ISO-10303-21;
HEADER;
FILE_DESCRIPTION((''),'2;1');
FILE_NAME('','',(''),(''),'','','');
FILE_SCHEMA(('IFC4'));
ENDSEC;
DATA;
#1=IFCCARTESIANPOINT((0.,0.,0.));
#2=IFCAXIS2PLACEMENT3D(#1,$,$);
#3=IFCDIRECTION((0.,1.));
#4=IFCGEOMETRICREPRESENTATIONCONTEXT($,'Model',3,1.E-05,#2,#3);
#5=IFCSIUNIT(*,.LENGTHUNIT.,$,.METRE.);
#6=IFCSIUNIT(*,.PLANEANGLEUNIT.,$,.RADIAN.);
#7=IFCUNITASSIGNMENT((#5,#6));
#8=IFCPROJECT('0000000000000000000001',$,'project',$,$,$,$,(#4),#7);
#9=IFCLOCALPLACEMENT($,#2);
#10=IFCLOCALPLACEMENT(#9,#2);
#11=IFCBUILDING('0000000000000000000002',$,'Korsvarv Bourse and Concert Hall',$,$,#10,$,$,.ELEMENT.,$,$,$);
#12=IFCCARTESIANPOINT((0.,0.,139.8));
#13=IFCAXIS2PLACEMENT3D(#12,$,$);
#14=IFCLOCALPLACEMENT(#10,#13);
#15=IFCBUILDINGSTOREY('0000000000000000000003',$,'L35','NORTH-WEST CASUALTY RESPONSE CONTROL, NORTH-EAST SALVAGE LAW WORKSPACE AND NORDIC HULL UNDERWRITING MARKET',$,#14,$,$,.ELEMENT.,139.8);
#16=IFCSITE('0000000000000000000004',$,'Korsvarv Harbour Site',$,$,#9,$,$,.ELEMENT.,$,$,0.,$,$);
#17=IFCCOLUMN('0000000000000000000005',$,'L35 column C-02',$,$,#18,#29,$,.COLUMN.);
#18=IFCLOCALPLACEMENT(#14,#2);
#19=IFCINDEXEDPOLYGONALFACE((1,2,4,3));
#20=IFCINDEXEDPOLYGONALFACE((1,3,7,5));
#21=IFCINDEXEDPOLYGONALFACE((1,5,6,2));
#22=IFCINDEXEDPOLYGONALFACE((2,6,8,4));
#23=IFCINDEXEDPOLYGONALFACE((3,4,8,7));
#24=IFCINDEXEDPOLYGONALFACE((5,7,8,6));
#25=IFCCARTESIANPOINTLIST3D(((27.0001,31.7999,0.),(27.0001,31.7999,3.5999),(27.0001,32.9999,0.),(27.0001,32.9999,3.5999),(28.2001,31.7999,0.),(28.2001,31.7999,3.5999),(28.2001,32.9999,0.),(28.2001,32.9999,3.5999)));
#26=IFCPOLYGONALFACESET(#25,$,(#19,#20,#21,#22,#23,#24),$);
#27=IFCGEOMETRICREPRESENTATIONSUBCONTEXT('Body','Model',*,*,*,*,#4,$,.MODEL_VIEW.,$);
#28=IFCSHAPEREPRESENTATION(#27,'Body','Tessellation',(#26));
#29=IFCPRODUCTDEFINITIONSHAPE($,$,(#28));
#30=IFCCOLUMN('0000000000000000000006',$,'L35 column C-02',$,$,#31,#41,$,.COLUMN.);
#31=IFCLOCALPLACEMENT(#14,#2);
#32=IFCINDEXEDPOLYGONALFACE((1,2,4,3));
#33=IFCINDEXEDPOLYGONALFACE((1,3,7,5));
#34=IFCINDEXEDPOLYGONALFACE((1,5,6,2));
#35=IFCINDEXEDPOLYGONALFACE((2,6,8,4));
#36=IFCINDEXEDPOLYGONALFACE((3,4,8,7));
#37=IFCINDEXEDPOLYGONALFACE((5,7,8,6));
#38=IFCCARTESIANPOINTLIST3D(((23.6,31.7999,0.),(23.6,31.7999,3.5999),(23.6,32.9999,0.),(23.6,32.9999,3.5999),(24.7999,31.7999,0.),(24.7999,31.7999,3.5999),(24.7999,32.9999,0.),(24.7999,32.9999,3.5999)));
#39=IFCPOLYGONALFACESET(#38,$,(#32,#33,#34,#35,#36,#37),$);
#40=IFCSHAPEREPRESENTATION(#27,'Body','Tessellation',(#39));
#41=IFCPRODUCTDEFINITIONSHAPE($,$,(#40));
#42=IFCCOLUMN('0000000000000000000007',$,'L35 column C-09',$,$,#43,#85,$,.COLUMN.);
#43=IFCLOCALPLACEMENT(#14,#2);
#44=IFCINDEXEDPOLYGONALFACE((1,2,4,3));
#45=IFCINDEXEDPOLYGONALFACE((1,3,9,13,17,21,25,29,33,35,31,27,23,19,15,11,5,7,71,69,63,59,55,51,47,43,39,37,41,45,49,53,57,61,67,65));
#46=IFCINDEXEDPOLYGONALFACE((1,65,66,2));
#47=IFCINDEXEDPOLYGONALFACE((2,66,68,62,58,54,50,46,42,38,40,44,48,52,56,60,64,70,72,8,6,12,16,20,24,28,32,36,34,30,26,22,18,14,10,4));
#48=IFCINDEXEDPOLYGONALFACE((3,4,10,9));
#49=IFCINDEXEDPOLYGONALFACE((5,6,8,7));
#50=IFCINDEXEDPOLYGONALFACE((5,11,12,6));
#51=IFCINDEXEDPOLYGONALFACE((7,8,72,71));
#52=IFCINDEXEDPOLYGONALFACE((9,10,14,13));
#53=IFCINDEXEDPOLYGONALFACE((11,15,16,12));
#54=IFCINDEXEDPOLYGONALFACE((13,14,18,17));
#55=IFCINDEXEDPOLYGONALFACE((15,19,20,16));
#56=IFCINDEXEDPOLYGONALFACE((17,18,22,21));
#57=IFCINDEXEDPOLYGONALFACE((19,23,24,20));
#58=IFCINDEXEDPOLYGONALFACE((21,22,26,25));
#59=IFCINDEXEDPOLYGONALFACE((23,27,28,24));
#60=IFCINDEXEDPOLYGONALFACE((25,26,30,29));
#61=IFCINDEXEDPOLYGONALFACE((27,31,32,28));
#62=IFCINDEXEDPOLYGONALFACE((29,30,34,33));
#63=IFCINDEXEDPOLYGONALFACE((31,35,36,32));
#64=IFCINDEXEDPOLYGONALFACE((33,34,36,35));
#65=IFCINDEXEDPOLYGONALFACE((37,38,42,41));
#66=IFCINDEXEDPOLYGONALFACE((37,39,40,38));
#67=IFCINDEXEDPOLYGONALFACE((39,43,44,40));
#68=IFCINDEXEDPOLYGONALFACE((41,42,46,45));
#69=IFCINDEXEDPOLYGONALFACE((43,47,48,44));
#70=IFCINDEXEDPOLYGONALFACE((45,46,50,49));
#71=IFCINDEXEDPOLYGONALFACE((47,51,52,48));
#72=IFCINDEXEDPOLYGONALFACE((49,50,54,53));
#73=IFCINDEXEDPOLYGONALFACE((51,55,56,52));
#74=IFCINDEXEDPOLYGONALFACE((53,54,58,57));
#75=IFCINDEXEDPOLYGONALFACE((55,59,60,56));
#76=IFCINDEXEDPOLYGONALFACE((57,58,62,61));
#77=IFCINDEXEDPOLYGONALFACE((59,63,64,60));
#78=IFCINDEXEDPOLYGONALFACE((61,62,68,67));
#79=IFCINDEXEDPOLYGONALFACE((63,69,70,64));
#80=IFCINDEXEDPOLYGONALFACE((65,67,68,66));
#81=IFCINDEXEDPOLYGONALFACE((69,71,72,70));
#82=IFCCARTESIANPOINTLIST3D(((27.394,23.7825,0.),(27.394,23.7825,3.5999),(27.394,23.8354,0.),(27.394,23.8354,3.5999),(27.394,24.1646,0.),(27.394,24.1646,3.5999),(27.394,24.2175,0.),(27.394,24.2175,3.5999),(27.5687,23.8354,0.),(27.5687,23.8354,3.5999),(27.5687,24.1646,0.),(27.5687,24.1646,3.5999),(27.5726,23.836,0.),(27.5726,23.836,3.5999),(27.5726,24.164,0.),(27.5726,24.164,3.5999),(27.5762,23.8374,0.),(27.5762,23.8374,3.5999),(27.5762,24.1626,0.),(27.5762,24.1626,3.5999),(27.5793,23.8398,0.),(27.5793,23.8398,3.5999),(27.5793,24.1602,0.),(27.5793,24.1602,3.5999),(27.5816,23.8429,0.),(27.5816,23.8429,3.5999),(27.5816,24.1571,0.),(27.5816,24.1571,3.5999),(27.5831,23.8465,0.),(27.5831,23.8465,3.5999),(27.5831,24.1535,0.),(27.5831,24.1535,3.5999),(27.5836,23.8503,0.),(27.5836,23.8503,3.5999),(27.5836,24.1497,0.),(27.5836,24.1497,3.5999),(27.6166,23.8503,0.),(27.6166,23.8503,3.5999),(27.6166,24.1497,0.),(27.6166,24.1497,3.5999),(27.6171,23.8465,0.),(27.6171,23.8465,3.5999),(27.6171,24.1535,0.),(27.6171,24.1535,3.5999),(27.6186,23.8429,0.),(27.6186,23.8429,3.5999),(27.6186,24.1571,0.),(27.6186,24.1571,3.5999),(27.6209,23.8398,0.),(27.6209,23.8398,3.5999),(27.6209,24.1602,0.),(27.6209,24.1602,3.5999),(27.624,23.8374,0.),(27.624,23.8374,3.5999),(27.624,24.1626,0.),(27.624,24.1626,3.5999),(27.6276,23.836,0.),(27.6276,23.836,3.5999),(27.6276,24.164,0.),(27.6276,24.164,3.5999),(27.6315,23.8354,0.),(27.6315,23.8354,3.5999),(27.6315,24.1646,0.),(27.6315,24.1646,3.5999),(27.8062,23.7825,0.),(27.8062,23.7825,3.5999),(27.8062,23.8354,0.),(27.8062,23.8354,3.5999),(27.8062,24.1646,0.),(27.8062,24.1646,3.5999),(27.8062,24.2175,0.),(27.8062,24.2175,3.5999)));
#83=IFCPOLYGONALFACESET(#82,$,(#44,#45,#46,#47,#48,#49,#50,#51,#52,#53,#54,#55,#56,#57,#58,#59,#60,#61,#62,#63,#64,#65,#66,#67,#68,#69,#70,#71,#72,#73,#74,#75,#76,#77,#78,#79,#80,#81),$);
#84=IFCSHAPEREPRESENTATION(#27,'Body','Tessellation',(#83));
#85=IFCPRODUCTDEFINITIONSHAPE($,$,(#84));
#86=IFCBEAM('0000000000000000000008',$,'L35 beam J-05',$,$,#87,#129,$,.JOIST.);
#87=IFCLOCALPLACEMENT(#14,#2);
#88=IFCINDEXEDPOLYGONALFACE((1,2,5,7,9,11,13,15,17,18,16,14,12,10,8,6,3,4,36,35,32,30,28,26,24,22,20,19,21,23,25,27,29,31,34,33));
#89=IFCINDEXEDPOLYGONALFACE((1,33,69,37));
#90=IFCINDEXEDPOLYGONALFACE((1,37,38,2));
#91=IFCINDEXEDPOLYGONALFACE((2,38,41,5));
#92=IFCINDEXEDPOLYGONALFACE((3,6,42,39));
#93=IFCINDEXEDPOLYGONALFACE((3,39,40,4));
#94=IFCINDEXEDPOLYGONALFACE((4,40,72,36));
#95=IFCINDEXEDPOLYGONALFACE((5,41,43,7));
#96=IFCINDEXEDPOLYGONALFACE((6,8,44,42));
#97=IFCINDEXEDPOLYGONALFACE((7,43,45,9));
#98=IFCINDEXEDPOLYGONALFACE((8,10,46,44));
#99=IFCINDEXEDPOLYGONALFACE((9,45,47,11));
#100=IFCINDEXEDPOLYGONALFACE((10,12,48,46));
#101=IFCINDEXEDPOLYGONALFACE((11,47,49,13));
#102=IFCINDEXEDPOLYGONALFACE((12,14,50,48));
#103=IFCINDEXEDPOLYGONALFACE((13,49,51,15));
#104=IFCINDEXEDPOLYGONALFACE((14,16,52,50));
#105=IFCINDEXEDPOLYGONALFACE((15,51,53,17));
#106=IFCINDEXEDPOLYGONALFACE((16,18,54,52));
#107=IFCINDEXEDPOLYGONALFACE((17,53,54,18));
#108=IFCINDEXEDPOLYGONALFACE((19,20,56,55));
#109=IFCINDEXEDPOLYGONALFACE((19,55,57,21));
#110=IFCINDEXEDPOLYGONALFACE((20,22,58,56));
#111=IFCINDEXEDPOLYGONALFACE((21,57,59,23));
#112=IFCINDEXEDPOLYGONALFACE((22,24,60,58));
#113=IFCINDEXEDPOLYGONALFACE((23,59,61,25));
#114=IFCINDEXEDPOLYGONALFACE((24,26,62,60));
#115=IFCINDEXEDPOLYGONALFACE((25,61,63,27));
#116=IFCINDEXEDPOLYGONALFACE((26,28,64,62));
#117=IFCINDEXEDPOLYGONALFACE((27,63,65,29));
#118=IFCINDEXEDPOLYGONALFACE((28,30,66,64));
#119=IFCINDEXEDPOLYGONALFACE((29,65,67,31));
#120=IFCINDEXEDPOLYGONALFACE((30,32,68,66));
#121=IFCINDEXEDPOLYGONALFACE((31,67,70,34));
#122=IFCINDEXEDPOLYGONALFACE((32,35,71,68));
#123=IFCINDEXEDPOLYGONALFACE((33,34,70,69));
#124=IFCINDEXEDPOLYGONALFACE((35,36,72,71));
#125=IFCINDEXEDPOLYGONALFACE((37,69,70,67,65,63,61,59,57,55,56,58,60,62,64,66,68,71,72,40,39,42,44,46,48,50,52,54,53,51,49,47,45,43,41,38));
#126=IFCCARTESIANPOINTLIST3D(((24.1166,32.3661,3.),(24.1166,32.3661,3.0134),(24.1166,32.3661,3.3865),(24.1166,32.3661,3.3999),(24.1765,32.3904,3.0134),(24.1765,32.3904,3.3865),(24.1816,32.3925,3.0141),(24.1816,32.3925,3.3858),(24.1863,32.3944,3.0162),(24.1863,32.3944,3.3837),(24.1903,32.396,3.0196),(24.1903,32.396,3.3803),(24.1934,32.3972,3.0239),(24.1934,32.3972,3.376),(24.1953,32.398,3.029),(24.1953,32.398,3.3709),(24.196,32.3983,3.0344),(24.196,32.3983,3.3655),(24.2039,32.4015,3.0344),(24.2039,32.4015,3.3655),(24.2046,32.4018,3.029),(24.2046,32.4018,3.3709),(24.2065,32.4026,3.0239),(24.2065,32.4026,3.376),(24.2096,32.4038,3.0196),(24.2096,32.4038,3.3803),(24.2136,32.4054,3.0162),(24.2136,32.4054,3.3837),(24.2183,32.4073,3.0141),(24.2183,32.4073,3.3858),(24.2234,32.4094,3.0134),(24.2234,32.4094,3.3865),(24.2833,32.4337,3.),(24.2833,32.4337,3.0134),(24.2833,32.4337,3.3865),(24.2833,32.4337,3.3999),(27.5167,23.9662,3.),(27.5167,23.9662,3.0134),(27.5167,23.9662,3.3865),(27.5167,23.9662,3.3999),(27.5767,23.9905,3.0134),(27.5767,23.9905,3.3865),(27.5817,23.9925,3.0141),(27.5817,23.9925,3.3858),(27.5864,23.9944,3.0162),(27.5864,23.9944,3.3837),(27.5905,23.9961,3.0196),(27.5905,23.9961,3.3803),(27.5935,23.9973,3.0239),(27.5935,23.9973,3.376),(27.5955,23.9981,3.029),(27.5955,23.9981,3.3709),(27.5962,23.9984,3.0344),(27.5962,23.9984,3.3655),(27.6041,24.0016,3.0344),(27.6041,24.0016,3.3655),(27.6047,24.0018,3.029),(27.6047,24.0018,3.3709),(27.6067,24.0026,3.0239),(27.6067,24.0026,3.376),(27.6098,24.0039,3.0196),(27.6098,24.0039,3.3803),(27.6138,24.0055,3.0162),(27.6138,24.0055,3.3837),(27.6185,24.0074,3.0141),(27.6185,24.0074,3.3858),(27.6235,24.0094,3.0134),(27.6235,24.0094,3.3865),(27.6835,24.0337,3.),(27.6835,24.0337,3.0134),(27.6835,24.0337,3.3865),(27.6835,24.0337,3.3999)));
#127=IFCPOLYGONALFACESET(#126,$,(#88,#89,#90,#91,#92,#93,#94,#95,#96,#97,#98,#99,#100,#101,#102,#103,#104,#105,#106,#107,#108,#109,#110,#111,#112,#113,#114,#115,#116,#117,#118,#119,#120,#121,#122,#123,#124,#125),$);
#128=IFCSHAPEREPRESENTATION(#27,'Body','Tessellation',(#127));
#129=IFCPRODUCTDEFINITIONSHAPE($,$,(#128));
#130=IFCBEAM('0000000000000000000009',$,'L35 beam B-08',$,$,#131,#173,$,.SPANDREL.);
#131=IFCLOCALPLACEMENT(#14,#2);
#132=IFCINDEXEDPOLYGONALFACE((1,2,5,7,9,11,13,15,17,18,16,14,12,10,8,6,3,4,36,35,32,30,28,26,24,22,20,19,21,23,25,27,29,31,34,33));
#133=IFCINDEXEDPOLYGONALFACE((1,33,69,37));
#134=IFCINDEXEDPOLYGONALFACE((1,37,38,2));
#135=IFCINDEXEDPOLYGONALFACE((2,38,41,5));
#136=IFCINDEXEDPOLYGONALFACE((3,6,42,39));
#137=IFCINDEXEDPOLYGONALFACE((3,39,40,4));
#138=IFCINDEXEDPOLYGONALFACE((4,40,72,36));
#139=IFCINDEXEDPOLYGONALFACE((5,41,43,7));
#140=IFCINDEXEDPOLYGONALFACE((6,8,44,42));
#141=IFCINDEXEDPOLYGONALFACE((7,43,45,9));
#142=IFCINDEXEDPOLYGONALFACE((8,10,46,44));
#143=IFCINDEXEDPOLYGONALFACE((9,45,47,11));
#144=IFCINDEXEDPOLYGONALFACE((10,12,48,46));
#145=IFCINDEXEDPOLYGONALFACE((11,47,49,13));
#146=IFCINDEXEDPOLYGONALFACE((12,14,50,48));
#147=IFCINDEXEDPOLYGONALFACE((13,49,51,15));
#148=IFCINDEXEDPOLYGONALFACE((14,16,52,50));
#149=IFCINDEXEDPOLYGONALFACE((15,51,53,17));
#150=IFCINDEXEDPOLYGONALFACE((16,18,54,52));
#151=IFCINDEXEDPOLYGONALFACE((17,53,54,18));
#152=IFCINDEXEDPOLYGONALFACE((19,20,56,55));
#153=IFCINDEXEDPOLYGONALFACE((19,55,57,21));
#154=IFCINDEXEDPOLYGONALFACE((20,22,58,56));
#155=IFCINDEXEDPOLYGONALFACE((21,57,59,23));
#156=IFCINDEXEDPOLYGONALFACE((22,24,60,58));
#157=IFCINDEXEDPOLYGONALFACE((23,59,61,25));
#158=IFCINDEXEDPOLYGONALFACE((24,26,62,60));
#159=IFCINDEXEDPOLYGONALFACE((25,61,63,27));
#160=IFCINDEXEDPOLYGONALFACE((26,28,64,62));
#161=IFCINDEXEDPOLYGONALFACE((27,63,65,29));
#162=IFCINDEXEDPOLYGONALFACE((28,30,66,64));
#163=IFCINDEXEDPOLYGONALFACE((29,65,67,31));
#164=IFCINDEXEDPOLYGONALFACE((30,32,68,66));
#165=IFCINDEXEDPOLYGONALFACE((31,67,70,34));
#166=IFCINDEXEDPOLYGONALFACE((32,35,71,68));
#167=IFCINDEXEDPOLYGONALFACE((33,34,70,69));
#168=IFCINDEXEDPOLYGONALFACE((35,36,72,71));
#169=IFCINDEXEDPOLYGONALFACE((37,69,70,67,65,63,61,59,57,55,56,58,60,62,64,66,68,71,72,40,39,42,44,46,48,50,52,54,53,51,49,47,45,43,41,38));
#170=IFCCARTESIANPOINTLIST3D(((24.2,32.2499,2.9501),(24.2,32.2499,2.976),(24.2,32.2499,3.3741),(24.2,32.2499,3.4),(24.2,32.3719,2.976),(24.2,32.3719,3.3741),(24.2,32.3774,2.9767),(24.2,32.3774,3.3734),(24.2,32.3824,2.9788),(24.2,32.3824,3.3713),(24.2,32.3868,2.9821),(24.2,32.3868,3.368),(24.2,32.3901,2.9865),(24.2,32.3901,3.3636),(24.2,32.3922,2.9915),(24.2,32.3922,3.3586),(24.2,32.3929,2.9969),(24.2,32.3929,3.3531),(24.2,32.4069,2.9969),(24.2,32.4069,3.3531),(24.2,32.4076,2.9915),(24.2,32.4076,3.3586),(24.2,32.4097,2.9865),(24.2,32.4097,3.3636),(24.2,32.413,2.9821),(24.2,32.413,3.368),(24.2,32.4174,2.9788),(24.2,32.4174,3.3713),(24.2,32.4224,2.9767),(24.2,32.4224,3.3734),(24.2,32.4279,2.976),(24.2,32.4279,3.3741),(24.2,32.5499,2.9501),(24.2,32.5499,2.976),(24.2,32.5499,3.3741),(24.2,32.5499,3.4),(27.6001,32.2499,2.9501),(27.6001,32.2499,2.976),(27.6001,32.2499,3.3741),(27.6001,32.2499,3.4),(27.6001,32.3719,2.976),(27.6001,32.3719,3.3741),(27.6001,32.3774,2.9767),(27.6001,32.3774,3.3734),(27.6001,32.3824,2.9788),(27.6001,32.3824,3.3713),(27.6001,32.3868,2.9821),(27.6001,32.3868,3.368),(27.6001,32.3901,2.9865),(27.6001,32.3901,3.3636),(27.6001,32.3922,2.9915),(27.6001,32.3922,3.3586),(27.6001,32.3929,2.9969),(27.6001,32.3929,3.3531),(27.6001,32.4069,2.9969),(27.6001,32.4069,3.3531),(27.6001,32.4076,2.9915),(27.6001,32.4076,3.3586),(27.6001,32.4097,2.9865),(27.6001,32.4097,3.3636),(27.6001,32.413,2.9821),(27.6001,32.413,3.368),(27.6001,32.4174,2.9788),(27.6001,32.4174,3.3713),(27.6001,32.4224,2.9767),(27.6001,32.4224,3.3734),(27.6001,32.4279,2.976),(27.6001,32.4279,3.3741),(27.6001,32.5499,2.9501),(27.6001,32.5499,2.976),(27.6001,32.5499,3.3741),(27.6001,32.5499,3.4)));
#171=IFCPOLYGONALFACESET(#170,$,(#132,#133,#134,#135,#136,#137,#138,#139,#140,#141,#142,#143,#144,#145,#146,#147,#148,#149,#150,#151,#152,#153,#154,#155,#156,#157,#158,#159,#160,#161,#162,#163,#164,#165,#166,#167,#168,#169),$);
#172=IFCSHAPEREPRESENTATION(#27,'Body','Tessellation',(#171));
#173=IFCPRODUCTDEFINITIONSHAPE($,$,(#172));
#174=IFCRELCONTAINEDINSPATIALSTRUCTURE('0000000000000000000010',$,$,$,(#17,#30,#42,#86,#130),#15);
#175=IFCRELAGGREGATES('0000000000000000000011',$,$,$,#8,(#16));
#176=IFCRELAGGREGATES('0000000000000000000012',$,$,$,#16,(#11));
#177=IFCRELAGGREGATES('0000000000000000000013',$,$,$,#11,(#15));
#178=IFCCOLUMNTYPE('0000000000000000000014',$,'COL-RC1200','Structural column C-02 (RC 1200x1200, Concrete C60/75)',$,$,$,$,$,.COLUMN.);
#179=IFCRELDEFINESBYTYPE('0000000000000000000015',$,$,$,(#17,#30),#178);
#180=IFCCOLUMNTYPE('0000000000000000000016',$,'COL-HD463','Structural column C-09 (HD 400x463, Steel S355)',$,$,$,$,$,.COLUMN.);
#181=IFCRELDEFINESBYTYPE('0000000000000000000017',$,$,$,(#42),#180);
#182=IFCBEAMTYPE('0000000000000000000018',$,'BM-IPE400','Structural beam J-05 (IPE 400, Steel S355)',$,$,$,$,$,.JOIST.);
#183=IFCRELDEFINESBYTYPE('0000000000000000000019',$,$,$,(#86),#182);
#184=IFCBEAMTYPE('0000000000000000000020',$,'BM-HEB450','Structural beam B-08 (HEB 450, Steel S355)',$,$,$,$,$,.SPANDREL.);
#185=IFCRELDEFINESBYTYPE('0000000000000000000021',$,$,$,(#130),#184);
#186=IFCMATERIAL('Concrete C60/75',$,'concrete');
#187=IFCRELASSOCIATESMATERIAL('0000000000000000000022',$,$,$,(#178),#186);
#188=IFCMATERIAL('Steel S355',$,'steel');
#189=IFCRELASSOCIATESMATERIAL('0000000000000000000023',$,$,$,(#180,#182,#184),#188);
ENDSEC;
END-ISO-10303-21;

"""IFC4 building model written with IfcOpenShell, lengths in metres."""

from ifc_helpers import new_model, si_unit, direction, frame, origin, origin_2d, place, context, subcontext, project, spatial, rectangle, i_section, extrude, source, transform, mapped, material, material_profile, profile_set, type_object, element, save


model = new_model("IFC4")

# Units and contexts
model_context = context("Model", 3, precision=1e-05, world=origin(), true_north=direction((0.0, 1.0)))
body_context = subcontext(model_context, "Body", "Model", "MODEL_VIEW")
ifc_project = project(units=[si_unit("LENGTHUNIT", "METRE"), si_unit("PLANEANGLEUNIT", "RADIAN")], contexts=[model_context])

# Site, building, storey
site_placement = place(None, origin())
site = spatial("IfcSite", under=ifc_project, at=site_placement, Name="Korsvarv Harbour Site", CompositionType="ELEMENT", RefElevation=0.0)
building_placement = place(site_placement, origin())
building = spatial("IfcBuilding", under=site, at=building_placement, Name="Korsvarv Bourse and Concert Hall", CompositionType="ELEMENT")
storey_placement = place(building_placement, frame((0.0, 0.0, 139.8)))
storey = spatial("IfcBuildingStorey", under=building, at=storey_placement, Name="L35", Description="NORTH-WEST CASUALTY RESPONSE CONTROL, NORTH-EAST SALVAGE LAW WORKSPACE AND NORDIC HULL UNDERWRITING MARKET", CompositionType="ELEMENT", Elevation=139.8)

# Columns
ifc_material_1 = material(Name="Concrete C60/75", Category="concrete")
ifc_material_profile_1 = material_profile(ifc_material_1, rectangle(XDim=1.2, YDim=1.2, at=origin_2d()), Name="RC 1200x1200")
ifc_profile_set_1 = profile_set([ifc_material_profile_1], Name="Concrete C60/75")
column_type_1 = type_object("IfcColumnType", Name="COL-RC1200", Description="Structural column C-02 (RC 1200x1200, Concrete C60/75)", PredefinedType="COLUMN", material=ifc_profile_set_1)
shared_shape_1 = source(origin(), body_context, "Body", "SweptSolid", [
    extrude(rectangle(XDim=1.2, YDim=1.2, at=origin_2d()), origin(), (0.0, 0.0, 1.0), 3.5999),
])
for number, where, z_axis, x_axis, name in (
    (1, (27.6001, 32.3999, 0.0), (0.0, 0.0, 1.0), (1.0, 0.0, 0.0), "L35 column C-02"),
    (2, (24.2, 32.3999, 0.0), (0.0, 0.0, 1.0), (1.0, 0.0, 0.0), "L35 column C-02"),
):
    element("IfcColumn", number, at=place(storey_placement, frame(where, z_axis=z_axis, x_axis=x_axis)), inside=storey, type_object=column_type_1, Name=name, PredefinedType="COLUMN", context=body_context, shape_type="MappedRepresentation", body=[
        mapped(shared_shape_1, transform((0.0, 0.0, 0.0), scale=1.0)),
    ])
ifc_material_2 = material(Name="Steel S355", Category="steel")
ifc_material_profile_2 = material_profile(ifc_material_2, i_section(OverallWidth=0.4121, OverallDepth=0.4351, WebThickness=0.033, FlangeThickness=0.053, FilletRadius=0.0149, at=origin_2d()), Name="HD 400x463")
ifc_profile_set_2 = profile_set([ifc_material_profile_2], Name="Steel S355")
column_type_2 = type_object("IfcColumnType", Name="COL-HD463", Description="Structural column C-09 (HD 400x463, Steel S355)", PredefinedType="COLUMN", material=ifc_profile_set_2)
shared_shape_2 = source(origin(), body_context, "Body", "SweptSolid", [
    extrude(i_section(OverallWidth=0.4121, OverallDepth=0.4351, WebThickness=0.033, FlangeThickness=0.053, FilletRadius=0.0149, at=origin_2d()), origin(), (0.0, 0.0, 1.0), 3.5999),
])
column_placement = place(storey_placement, frame((27.6001, 24.0, 0.0), z_axis=(0.0, 0.0, 1.0), x_axis=(1.0, 0.0, 0.0)))
element("IfcColumn", 3, at=column_placement, inside=storey, type_object=column_type_2, Name="L35 column C-09", PredefinedType="COLUMN", context=body_context, shape_type="MappedRepresentation", body=[
    mapped(shared_shape_2, transform((0.0, 0.0, 0.0), scale=1.0)),
])

# Beams
ifc_material_profile_3 = material_profile(ifc_material_2, i_section(OverallWidth=0.1799, OverallDepth=0.3999, WebThickness=0.0085, FlangeThickness=0.0134, FilletRadius=0.021, at=origin_2d()), Name="IPE 400")
ifc_profile_set_3 = profile_set([ifc_material_profile_3], Name="Steel S355")
beam_type_1 = type_object("IfcBeamType", Name="BM-IPE400", Description="Structural beam J-05 (IPE 400, Steel S355)", PredefinedType="JOIST", material=ifc_profile_set_3)
shared_shape_3 = source(origin(), body_context, "Body", "SweptSolid", [
    extrude(i_section(OverallWidth=0.1799, OverallDepth=0.3999, WebThickness=0.0085, FlangeThickness=0.0134, FilletRadius=0.021, at=origin_2d()), origin(), (0.0, 0.0, 1.0), 9.062),
])
beam_1_placement = place(storey_placement, frame((24.2, 32.3999, 3.2), z_axis=(0.37521, -0.92694, 0.0), x_axis=(0.92694, 0.37521, 0.0)))
element("IfcBeam", 4, at=beam_1_placement, inside=storey, type_object=beam_type_1, Name="L35 beam J-05", PredefinedType="JOIST", context=body_context, shape_type="MappedRepresentation", body=[
    mapped(shared_shape_3, transform((0.0, 0.0, 0.0), scale=1.0)),
])
ifc_material_profile_4 = material_profile(ifc_material_2, i_section(OverallWidth=0.3, OverallDepth=0.45, WebThickness=0.0139, FlangeThickness=0.0259, FilletRadius=0.021, at=origin_2d()), Name="HEB 450")
ifc_profile_set_4 = profile_set([ifc_material_profile_4], Name="Steel S355")
beam_type_2 = type_object("IfcBeamType", Name="BM-HEB450", Description="Structural beam B-08 (HEB 450, Steel S355)", PredefinedType="SPANDREL", material=ifc_profile_set_4)
shared_shape_4 = source(origin(), body_context, "Body", "SweptSolid", [
    extrude(i_section(OverallWidth=0.3, OverallDepth=0.45, WebThickness=0.0139, FlangeThickness=0.0259, FilletRadius=0.021, at=origin_2d()), origin(), (0.0, 0.0, 1.0), 3.4001),
])
beam_2_placement = place(storey_placement, frame((24.2, 32.3999, 3.175), z_axis=(1.0, 0.0, 0.0), x_axis=(0.0, 1.0, 0.0)))
element("IfcBeam", 5, at=beam_2_placement, inside=storey, type_object=beam_type_2, Name="L35 beam B-08", PredefinedType="SPANDREL", context=body_context, shape_type="MappedRepresentation", body=[
    mapped(shared_shape_4, transform((0.0, 0.0, 0.0), scale=1.0)),
])

save(model, "model.ifc")
